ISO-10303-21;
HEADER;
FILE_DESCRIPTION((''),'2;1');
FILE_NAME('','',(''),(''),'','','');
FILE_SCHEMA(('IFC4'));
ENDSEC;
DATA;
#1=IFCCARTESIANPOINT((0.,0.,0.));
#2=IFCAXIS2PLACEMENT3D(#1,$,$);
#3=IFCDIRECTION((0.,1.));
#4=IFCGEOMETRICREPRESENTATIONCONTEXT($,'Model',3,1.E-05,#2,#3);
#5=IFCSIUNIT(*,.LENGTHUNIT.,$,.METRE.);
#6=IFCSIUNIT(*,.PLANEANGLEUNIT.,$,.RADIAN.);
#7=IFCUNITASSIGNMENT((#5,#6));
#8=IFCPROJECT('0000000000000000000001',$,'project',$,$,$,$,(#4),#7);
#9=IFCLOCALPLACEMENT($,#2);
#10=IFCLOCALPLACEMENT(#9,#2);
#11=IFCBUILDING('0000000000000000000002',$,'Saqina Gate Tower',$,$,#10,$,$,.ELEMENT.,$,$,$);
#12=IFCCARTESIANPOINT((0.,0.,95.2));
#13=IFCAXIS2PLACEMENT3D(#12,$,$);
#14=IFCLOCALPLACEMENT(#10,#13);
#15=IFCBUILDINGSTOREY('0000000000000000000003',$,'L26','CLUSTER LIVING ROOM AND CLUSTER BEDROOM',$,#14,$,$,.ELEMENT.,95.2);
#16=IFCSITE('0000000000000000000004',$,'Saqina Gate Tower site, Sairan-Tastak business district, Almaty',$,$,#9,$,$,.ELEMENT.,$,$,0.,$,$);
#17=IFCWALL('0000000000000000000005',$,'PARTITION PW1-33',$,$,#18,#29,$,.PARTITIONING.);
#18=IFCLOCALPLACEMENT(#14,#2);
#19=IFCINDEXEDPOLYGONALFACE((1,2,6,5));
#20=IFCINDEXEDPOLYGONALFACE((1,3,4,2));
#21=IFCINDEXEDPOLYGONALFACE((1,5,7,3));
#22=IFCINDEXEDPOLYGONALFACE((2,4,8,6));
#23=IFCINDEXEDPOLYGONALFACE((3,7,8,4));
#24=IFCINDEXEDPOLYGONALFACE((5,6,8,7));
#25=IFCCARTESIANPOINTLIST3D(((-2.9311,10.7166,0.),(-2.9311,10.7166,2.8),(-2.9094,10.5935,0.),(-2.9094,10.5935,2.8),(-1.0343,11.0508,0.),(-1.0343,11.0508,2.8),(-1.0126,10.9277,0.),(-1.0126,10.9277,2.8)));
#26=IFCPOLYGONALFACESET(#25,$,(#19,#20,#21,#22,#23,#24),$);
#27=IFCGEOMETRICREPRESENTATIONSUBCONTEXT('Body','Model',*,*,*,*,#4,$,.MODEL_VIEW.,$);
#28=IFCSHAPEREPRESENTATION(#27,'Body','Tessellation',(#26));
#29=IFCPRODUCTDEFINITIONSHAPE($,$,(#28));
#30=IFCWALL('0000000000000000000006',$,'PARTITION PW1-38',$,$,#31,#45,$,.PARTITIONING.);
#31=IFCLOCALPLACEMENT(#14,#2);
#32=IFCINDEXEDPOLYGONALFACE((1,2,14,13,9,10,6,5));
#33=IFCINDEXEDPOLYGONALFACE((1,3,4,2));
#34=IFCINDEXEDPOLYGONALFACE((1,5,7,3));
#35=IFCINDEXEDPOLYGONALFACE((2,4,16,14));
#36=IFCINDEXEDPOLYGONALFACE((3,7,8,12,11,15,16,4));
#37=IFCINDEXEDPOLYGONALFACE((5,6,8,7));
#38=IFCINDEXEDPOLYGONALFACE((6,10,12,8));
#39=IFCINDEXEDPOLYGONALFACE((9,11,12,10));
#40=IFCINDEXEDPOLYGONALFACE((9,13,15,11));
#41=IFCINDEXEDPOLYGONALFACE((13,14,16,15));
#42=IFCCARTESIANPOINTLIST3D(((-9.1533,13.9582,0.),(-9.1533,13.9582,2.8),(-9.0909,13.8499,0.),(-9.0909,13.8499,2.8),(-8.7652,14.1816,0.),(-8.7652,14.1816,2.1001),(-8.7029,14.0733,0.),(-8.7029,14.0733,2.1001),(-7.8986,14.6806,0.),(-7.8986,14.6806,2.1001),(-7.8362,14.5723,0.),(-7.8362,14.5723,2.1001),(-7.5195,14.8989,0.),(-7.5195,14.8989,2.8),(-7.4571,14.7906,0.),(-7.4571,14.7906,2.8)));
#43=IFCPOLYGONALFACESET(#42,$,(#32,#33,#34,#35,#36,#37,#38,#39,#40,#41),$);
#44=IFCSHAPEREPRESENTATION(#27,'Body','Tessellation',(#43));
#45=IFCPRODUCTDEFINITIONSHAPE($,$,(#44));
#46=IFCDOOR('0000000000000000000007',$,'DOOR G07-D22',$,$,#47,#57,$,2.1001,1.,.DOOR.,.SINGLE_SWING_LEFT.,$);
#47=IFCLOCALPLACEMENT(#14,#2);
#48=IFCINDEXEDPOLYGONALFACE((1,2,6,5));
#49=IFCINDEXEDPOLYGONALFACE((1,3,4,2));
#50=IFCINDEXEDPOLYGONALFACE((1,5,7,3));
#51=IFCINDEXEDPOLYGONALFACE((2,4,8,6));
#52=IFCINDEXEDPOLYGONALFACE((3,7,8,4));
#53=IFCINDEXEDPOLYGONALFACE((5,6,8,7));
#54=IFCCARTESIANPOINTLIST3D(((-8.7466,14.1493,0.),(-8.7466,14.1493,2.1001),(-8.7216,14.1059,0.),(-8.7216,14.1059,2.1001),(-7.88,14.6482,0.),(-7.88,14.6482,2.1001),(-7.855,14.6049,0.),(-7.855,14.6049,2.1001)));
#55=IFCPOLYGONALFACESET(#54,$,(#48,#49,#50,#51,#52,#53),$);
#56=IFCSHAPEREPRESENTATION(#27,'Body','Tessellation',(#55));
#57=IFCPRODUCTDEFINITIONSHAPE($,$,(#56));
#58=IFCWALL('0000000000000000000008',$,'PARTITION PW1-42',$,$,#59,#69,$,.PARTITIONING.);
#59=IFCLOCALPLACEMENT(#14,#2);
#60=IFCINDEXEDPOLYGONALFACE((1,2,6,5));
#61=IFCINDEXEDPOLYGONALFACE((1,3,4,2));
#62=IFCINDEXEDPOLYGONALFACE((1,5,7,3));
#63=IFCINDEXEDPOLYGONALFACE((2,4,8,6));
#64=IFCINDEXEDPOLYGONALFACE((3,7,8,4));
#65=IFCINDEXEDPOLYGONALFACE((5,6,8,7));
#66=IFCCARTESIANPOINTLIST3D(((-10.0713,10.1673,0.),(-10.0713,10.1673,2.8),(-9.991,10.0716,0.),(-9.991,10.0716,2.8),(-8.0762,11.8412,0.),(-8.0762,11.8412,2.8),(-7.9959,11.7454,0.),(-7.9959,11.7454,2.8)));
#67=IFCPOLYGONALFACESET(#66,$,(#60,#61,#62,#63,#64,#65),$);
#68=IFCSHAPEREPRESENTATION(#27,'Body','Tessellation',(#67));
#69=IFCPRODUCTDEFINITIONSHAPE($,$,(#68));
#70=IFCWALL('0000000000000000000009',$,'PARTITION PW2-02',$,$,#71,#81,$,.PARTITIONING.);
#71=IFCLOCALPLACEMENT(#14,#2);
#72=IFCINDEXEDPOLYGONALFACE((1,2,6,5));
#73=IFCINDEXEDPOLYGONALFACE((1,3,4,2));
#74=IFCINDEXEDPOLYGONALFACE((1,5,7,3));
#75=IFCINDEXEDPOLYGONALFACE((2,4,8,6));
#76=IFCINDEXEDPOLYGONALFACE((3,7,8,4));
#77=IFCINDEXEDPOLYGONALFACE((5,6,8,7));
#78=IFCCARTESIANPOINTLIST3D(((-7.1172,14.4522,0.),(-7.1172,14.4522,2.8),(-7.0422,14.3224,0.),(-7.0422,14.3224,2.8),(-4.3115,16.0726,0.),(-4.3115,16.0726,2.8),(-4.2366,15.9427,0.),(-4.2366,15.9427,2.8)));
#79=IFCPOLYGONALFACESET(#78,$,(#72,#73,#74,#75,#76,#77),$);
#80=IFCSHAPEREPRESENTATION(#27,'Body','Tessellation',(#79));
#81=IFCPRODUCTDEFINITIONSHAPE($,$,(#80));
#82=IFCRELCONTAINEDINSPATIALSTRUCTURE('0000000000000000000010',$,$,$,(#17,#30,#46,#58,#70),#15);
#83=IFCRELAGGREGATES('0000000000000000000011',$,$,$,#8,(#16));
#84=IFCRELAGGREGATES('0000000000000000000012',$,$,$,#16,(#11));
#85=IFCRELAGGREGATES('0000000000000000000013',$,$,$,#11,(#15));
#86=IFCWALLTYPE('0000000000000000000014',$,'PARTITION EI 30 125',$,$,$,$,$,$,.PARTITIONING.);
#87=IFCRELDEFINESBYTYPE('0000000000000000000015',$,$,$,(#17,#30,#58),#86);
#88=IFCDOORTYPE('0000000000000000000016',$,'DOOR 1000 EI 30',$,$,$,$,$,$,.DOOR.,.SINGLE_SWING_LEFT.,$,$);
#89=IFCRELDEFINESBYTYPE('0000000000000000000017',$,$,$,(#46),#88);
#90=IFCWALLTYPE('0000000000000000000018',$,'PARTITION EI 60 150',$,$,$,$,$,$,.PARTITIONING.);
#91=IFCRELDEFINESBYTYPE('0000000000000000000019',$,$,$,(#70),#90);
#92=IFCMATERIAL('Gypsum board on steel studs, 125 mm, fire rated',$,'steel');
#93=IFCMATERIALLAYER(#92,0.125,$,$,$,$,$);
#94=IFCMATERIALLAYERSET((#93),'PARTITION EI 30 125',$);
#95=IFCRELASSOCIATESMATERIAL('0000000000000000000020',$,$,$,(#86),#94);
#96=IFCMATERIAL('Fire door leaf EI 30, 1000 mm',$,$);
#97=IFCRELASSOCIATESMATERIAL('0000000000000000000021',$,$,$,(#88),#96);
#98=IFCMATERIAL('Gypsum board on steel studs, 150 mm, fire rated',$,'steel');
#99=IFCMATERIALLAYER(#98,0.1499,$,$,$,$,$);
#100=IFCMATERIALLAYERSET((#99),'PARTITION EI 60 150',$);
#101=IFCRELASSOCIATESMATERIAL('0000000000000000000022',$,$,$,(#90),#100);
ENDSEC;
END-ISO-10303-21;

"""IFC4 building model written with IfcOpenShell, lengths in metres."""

from ifc_helpers import new_model, si_unit, direction, frame, frame_2d, origin, place, context, subcontext, project, spatial, rectangle, extrude, material, layer, layer_set, type_object, element, fill, save


model = new_model("IFC4")

# Units and contexts
model_context = context("Model", 3, precision=1e-05, world=origin(), true_north=direction((0.0, 1.0)))
body_context = subcontext(model_context, "Body", "Model", "MODEL_VIEW")
ifc_project = project(units=[si_unit("LENGTHUNIT", "METRE"), si_unit("PLANEANGLEUNIT", "RADIAN")], contexts=[model_context])

# Site, building, storey
site_placement = place(None, origin())
site = spatial("IfcSite", under=ifc_project, at=site_placement, Name="Saqina Gate Tower site, Sairan-Tastak business district, Almaty", CompositionType="ELEMENT", RefElevation=0.0)
building_placement = place(site_placement, origin())
building = spatial("IfcBuilding", under=site, at=building_placement, Name="Saqina Gate Tower", CompositionType="ELEMENT")
storey_placement = place(building_placement, frame((0.0, 0.0, 95.2)))
storey = spatial("IfcBuildingStorey", under=building, at=storey_placement, Name="L26", Description="CLUSTER LIVING ROOM AND CLUSTER BEDROOM", CompositionType="ELEMENT", Elevation=95.2)

# Shared definitions
ifc_material_1 = material(Name="Gypsum board on steel studs, 125 mm, fire rated", Category="steel")
ifc_layer_1 = layer(ifc_material_1, 0.125)
ifc_layer_set_1 = layer_set([ifc_layer_1], Name="PARTITION EI 30 125")
wall_type_1 = type_object("IfcWallType", Name="PARTITION EI 30 125", PredefinedType="PARTITIONING", material=ifc_layer_set_1)

# Shared definitions
ifc_material_2 = material(Name="Fire door leaf EI 30, 1000 mm")
door_type_1 = type_object("IfcDoorType", Name="DOOR 1000 EI 30", OperationType="SINGLE_SWING_LEFT", PredefinedType="DOOR", material=ifc_material_2)

# Wall
wall_1_placement = place(storey_placement, frame((-2.9202, 10.655, 0.0), z_axis=(0.0, 0.0, 1.0), x_axis=(0.984827, 0.173539, 0.0)))
element("IfcWall", 1, at=wall_1_placement, inside=storey, type_object=wall_type_1, Name="PARTITION PW1-33", PredefinedType="PARTITIONING", context=body_context, shape_type="SweptSolid", body=[
    extrude(rectangle(XDim=1.926, YDim=0.125, at=frame_2d((0.9629, 0.0))), origin(), (0.0, 0.0, 1.0), 2.8),
])

# Wall, opening, door
wall_2_placement = place(storey_placement, frame((-9.1221, 13.9041, 0.0), z_axis=(0.0, 0.0, 1.0), x_axis=(0.866621, 0.498967, 0.0)))
wall_2 = element("IfcWall", 2, at=wall_2_placement, inside=storey, type_object=wall_type_1, Name="PARTITION PW1-38", PredefinedType="PARTITIONING", context=body_context, shape_type="SweptSolid", body=[
    extrude(rectangle(XDim=1.8853, YDim=0.125, at=frame_2d((0.9426, 0.0))), origin(), (0.0, 0.0, 1.0), 2.8),
])
opening_1_placement = place(wall_2_placement, frame((0.4478, 0.0, 0.0)))
opening_1 = element("IfcOpeningElement", 3, at=opening_1_placement, cuts=wall_2, PredefinedType="OPENING", context=body_context, shape_type="SweptSolid", body=[
    extrude(rectangle(XDim=1.0, YDim=2.1001, at=frame_2d((0.5, 1.05))), frame((0.0, 0.0745, 0.0), z_axis=(0.0, -1.0, 0.0), x_axis=(1.0, 0.0, 0.0)), (0.0, 0.0, 1.0), 0.1489),
])
door_1_placement = place(opening_1_placement, frame((1.0, 0.0, 0.0), z_axis=(0.0, 0.0, 1.0), x_axis=(-1.0, 0.0, 0.0)))
door_1 = element("IfcDoor", 4, at=door_1_placement, inside=storey, type_object=door_type_1, Name="DOOR G07-D22", OperationType="SINGLE_SWING_LEFT", OverallHeight=2.1001, OverallWidth=1.0, PredefinedType="DOOR", context=body_context, shape_type="SweptSolid", body=[
    extrude(rectangle(XDim=1.0, YDim=2.1001, at=frame_2d((0.5, 1.05))), frame((0.0, 0.0249, 0.0), z_axis=(0.0, -1.0, 0.0), x_axis=(1.0, 0.0, 0.0)), (0.0, 0.0, 1.0), 0.05),
])
fill(opening_1, door_1)

# Walls
wall_3_placement = place(storey_placement, frame((-10.0312, 10.1194, 0.0), z_axis=(0.0, 0.0, 1.0), x_axis=(0.766096, 0.642726, 0.0)))
element("IfcWall", 5, at=wall_3_placement, inside=storey, type_object=wall_type_1, Name="PARTITION PW1-42", PredefinedType="PARTITIONING", context=body_context, shape_type="SweptSolid", body=[
    extrude(rectangle(XDim=2.6042, YDim=0.125, at=frame_2d((1.3022, 0.0))), origin(), (0.0, 0.0, 1.0), 2.8),
])
ifc_material_3 = material(Name="Gypsum board on steel studs, 150 mm, fire rated", Category="steel")
ifc_layer_2 = layer(ifc_material_3, 0.1499)
ifc_layer_set_2 = layer_set([ifc_layer_2], Name="PARTITION EI 60 150")
wall_type_2 = type_object("IfcWallType", Name="PARTITION EI 60 150", PredefinedType="PARTITIONING", material=ifc_layer_set_2)
wall_4_placement = place(storey_placement, frame((-7.0798, 14.3872, 0.0), z_axis=(0.0, 0.0, 1.0), x_axis=(0.865957, 0.500118, 0.0)))
element("IfcWall", 6, at=wall_4_placement, inside=storey, type_object=wall_type_2, Name="PARTITION PW2-02", PredefinedType="PARTITIONING", context=body_context, shape_type="SweptSolid", body=[
    extrude(rectangle(XDim=3.24, YDim=0.1499, at=frame_2d((1.6201, 0.0))), origin(), (0.0, 0.0, 1.0), 2.8),
])

save(model, "model.ifc")
